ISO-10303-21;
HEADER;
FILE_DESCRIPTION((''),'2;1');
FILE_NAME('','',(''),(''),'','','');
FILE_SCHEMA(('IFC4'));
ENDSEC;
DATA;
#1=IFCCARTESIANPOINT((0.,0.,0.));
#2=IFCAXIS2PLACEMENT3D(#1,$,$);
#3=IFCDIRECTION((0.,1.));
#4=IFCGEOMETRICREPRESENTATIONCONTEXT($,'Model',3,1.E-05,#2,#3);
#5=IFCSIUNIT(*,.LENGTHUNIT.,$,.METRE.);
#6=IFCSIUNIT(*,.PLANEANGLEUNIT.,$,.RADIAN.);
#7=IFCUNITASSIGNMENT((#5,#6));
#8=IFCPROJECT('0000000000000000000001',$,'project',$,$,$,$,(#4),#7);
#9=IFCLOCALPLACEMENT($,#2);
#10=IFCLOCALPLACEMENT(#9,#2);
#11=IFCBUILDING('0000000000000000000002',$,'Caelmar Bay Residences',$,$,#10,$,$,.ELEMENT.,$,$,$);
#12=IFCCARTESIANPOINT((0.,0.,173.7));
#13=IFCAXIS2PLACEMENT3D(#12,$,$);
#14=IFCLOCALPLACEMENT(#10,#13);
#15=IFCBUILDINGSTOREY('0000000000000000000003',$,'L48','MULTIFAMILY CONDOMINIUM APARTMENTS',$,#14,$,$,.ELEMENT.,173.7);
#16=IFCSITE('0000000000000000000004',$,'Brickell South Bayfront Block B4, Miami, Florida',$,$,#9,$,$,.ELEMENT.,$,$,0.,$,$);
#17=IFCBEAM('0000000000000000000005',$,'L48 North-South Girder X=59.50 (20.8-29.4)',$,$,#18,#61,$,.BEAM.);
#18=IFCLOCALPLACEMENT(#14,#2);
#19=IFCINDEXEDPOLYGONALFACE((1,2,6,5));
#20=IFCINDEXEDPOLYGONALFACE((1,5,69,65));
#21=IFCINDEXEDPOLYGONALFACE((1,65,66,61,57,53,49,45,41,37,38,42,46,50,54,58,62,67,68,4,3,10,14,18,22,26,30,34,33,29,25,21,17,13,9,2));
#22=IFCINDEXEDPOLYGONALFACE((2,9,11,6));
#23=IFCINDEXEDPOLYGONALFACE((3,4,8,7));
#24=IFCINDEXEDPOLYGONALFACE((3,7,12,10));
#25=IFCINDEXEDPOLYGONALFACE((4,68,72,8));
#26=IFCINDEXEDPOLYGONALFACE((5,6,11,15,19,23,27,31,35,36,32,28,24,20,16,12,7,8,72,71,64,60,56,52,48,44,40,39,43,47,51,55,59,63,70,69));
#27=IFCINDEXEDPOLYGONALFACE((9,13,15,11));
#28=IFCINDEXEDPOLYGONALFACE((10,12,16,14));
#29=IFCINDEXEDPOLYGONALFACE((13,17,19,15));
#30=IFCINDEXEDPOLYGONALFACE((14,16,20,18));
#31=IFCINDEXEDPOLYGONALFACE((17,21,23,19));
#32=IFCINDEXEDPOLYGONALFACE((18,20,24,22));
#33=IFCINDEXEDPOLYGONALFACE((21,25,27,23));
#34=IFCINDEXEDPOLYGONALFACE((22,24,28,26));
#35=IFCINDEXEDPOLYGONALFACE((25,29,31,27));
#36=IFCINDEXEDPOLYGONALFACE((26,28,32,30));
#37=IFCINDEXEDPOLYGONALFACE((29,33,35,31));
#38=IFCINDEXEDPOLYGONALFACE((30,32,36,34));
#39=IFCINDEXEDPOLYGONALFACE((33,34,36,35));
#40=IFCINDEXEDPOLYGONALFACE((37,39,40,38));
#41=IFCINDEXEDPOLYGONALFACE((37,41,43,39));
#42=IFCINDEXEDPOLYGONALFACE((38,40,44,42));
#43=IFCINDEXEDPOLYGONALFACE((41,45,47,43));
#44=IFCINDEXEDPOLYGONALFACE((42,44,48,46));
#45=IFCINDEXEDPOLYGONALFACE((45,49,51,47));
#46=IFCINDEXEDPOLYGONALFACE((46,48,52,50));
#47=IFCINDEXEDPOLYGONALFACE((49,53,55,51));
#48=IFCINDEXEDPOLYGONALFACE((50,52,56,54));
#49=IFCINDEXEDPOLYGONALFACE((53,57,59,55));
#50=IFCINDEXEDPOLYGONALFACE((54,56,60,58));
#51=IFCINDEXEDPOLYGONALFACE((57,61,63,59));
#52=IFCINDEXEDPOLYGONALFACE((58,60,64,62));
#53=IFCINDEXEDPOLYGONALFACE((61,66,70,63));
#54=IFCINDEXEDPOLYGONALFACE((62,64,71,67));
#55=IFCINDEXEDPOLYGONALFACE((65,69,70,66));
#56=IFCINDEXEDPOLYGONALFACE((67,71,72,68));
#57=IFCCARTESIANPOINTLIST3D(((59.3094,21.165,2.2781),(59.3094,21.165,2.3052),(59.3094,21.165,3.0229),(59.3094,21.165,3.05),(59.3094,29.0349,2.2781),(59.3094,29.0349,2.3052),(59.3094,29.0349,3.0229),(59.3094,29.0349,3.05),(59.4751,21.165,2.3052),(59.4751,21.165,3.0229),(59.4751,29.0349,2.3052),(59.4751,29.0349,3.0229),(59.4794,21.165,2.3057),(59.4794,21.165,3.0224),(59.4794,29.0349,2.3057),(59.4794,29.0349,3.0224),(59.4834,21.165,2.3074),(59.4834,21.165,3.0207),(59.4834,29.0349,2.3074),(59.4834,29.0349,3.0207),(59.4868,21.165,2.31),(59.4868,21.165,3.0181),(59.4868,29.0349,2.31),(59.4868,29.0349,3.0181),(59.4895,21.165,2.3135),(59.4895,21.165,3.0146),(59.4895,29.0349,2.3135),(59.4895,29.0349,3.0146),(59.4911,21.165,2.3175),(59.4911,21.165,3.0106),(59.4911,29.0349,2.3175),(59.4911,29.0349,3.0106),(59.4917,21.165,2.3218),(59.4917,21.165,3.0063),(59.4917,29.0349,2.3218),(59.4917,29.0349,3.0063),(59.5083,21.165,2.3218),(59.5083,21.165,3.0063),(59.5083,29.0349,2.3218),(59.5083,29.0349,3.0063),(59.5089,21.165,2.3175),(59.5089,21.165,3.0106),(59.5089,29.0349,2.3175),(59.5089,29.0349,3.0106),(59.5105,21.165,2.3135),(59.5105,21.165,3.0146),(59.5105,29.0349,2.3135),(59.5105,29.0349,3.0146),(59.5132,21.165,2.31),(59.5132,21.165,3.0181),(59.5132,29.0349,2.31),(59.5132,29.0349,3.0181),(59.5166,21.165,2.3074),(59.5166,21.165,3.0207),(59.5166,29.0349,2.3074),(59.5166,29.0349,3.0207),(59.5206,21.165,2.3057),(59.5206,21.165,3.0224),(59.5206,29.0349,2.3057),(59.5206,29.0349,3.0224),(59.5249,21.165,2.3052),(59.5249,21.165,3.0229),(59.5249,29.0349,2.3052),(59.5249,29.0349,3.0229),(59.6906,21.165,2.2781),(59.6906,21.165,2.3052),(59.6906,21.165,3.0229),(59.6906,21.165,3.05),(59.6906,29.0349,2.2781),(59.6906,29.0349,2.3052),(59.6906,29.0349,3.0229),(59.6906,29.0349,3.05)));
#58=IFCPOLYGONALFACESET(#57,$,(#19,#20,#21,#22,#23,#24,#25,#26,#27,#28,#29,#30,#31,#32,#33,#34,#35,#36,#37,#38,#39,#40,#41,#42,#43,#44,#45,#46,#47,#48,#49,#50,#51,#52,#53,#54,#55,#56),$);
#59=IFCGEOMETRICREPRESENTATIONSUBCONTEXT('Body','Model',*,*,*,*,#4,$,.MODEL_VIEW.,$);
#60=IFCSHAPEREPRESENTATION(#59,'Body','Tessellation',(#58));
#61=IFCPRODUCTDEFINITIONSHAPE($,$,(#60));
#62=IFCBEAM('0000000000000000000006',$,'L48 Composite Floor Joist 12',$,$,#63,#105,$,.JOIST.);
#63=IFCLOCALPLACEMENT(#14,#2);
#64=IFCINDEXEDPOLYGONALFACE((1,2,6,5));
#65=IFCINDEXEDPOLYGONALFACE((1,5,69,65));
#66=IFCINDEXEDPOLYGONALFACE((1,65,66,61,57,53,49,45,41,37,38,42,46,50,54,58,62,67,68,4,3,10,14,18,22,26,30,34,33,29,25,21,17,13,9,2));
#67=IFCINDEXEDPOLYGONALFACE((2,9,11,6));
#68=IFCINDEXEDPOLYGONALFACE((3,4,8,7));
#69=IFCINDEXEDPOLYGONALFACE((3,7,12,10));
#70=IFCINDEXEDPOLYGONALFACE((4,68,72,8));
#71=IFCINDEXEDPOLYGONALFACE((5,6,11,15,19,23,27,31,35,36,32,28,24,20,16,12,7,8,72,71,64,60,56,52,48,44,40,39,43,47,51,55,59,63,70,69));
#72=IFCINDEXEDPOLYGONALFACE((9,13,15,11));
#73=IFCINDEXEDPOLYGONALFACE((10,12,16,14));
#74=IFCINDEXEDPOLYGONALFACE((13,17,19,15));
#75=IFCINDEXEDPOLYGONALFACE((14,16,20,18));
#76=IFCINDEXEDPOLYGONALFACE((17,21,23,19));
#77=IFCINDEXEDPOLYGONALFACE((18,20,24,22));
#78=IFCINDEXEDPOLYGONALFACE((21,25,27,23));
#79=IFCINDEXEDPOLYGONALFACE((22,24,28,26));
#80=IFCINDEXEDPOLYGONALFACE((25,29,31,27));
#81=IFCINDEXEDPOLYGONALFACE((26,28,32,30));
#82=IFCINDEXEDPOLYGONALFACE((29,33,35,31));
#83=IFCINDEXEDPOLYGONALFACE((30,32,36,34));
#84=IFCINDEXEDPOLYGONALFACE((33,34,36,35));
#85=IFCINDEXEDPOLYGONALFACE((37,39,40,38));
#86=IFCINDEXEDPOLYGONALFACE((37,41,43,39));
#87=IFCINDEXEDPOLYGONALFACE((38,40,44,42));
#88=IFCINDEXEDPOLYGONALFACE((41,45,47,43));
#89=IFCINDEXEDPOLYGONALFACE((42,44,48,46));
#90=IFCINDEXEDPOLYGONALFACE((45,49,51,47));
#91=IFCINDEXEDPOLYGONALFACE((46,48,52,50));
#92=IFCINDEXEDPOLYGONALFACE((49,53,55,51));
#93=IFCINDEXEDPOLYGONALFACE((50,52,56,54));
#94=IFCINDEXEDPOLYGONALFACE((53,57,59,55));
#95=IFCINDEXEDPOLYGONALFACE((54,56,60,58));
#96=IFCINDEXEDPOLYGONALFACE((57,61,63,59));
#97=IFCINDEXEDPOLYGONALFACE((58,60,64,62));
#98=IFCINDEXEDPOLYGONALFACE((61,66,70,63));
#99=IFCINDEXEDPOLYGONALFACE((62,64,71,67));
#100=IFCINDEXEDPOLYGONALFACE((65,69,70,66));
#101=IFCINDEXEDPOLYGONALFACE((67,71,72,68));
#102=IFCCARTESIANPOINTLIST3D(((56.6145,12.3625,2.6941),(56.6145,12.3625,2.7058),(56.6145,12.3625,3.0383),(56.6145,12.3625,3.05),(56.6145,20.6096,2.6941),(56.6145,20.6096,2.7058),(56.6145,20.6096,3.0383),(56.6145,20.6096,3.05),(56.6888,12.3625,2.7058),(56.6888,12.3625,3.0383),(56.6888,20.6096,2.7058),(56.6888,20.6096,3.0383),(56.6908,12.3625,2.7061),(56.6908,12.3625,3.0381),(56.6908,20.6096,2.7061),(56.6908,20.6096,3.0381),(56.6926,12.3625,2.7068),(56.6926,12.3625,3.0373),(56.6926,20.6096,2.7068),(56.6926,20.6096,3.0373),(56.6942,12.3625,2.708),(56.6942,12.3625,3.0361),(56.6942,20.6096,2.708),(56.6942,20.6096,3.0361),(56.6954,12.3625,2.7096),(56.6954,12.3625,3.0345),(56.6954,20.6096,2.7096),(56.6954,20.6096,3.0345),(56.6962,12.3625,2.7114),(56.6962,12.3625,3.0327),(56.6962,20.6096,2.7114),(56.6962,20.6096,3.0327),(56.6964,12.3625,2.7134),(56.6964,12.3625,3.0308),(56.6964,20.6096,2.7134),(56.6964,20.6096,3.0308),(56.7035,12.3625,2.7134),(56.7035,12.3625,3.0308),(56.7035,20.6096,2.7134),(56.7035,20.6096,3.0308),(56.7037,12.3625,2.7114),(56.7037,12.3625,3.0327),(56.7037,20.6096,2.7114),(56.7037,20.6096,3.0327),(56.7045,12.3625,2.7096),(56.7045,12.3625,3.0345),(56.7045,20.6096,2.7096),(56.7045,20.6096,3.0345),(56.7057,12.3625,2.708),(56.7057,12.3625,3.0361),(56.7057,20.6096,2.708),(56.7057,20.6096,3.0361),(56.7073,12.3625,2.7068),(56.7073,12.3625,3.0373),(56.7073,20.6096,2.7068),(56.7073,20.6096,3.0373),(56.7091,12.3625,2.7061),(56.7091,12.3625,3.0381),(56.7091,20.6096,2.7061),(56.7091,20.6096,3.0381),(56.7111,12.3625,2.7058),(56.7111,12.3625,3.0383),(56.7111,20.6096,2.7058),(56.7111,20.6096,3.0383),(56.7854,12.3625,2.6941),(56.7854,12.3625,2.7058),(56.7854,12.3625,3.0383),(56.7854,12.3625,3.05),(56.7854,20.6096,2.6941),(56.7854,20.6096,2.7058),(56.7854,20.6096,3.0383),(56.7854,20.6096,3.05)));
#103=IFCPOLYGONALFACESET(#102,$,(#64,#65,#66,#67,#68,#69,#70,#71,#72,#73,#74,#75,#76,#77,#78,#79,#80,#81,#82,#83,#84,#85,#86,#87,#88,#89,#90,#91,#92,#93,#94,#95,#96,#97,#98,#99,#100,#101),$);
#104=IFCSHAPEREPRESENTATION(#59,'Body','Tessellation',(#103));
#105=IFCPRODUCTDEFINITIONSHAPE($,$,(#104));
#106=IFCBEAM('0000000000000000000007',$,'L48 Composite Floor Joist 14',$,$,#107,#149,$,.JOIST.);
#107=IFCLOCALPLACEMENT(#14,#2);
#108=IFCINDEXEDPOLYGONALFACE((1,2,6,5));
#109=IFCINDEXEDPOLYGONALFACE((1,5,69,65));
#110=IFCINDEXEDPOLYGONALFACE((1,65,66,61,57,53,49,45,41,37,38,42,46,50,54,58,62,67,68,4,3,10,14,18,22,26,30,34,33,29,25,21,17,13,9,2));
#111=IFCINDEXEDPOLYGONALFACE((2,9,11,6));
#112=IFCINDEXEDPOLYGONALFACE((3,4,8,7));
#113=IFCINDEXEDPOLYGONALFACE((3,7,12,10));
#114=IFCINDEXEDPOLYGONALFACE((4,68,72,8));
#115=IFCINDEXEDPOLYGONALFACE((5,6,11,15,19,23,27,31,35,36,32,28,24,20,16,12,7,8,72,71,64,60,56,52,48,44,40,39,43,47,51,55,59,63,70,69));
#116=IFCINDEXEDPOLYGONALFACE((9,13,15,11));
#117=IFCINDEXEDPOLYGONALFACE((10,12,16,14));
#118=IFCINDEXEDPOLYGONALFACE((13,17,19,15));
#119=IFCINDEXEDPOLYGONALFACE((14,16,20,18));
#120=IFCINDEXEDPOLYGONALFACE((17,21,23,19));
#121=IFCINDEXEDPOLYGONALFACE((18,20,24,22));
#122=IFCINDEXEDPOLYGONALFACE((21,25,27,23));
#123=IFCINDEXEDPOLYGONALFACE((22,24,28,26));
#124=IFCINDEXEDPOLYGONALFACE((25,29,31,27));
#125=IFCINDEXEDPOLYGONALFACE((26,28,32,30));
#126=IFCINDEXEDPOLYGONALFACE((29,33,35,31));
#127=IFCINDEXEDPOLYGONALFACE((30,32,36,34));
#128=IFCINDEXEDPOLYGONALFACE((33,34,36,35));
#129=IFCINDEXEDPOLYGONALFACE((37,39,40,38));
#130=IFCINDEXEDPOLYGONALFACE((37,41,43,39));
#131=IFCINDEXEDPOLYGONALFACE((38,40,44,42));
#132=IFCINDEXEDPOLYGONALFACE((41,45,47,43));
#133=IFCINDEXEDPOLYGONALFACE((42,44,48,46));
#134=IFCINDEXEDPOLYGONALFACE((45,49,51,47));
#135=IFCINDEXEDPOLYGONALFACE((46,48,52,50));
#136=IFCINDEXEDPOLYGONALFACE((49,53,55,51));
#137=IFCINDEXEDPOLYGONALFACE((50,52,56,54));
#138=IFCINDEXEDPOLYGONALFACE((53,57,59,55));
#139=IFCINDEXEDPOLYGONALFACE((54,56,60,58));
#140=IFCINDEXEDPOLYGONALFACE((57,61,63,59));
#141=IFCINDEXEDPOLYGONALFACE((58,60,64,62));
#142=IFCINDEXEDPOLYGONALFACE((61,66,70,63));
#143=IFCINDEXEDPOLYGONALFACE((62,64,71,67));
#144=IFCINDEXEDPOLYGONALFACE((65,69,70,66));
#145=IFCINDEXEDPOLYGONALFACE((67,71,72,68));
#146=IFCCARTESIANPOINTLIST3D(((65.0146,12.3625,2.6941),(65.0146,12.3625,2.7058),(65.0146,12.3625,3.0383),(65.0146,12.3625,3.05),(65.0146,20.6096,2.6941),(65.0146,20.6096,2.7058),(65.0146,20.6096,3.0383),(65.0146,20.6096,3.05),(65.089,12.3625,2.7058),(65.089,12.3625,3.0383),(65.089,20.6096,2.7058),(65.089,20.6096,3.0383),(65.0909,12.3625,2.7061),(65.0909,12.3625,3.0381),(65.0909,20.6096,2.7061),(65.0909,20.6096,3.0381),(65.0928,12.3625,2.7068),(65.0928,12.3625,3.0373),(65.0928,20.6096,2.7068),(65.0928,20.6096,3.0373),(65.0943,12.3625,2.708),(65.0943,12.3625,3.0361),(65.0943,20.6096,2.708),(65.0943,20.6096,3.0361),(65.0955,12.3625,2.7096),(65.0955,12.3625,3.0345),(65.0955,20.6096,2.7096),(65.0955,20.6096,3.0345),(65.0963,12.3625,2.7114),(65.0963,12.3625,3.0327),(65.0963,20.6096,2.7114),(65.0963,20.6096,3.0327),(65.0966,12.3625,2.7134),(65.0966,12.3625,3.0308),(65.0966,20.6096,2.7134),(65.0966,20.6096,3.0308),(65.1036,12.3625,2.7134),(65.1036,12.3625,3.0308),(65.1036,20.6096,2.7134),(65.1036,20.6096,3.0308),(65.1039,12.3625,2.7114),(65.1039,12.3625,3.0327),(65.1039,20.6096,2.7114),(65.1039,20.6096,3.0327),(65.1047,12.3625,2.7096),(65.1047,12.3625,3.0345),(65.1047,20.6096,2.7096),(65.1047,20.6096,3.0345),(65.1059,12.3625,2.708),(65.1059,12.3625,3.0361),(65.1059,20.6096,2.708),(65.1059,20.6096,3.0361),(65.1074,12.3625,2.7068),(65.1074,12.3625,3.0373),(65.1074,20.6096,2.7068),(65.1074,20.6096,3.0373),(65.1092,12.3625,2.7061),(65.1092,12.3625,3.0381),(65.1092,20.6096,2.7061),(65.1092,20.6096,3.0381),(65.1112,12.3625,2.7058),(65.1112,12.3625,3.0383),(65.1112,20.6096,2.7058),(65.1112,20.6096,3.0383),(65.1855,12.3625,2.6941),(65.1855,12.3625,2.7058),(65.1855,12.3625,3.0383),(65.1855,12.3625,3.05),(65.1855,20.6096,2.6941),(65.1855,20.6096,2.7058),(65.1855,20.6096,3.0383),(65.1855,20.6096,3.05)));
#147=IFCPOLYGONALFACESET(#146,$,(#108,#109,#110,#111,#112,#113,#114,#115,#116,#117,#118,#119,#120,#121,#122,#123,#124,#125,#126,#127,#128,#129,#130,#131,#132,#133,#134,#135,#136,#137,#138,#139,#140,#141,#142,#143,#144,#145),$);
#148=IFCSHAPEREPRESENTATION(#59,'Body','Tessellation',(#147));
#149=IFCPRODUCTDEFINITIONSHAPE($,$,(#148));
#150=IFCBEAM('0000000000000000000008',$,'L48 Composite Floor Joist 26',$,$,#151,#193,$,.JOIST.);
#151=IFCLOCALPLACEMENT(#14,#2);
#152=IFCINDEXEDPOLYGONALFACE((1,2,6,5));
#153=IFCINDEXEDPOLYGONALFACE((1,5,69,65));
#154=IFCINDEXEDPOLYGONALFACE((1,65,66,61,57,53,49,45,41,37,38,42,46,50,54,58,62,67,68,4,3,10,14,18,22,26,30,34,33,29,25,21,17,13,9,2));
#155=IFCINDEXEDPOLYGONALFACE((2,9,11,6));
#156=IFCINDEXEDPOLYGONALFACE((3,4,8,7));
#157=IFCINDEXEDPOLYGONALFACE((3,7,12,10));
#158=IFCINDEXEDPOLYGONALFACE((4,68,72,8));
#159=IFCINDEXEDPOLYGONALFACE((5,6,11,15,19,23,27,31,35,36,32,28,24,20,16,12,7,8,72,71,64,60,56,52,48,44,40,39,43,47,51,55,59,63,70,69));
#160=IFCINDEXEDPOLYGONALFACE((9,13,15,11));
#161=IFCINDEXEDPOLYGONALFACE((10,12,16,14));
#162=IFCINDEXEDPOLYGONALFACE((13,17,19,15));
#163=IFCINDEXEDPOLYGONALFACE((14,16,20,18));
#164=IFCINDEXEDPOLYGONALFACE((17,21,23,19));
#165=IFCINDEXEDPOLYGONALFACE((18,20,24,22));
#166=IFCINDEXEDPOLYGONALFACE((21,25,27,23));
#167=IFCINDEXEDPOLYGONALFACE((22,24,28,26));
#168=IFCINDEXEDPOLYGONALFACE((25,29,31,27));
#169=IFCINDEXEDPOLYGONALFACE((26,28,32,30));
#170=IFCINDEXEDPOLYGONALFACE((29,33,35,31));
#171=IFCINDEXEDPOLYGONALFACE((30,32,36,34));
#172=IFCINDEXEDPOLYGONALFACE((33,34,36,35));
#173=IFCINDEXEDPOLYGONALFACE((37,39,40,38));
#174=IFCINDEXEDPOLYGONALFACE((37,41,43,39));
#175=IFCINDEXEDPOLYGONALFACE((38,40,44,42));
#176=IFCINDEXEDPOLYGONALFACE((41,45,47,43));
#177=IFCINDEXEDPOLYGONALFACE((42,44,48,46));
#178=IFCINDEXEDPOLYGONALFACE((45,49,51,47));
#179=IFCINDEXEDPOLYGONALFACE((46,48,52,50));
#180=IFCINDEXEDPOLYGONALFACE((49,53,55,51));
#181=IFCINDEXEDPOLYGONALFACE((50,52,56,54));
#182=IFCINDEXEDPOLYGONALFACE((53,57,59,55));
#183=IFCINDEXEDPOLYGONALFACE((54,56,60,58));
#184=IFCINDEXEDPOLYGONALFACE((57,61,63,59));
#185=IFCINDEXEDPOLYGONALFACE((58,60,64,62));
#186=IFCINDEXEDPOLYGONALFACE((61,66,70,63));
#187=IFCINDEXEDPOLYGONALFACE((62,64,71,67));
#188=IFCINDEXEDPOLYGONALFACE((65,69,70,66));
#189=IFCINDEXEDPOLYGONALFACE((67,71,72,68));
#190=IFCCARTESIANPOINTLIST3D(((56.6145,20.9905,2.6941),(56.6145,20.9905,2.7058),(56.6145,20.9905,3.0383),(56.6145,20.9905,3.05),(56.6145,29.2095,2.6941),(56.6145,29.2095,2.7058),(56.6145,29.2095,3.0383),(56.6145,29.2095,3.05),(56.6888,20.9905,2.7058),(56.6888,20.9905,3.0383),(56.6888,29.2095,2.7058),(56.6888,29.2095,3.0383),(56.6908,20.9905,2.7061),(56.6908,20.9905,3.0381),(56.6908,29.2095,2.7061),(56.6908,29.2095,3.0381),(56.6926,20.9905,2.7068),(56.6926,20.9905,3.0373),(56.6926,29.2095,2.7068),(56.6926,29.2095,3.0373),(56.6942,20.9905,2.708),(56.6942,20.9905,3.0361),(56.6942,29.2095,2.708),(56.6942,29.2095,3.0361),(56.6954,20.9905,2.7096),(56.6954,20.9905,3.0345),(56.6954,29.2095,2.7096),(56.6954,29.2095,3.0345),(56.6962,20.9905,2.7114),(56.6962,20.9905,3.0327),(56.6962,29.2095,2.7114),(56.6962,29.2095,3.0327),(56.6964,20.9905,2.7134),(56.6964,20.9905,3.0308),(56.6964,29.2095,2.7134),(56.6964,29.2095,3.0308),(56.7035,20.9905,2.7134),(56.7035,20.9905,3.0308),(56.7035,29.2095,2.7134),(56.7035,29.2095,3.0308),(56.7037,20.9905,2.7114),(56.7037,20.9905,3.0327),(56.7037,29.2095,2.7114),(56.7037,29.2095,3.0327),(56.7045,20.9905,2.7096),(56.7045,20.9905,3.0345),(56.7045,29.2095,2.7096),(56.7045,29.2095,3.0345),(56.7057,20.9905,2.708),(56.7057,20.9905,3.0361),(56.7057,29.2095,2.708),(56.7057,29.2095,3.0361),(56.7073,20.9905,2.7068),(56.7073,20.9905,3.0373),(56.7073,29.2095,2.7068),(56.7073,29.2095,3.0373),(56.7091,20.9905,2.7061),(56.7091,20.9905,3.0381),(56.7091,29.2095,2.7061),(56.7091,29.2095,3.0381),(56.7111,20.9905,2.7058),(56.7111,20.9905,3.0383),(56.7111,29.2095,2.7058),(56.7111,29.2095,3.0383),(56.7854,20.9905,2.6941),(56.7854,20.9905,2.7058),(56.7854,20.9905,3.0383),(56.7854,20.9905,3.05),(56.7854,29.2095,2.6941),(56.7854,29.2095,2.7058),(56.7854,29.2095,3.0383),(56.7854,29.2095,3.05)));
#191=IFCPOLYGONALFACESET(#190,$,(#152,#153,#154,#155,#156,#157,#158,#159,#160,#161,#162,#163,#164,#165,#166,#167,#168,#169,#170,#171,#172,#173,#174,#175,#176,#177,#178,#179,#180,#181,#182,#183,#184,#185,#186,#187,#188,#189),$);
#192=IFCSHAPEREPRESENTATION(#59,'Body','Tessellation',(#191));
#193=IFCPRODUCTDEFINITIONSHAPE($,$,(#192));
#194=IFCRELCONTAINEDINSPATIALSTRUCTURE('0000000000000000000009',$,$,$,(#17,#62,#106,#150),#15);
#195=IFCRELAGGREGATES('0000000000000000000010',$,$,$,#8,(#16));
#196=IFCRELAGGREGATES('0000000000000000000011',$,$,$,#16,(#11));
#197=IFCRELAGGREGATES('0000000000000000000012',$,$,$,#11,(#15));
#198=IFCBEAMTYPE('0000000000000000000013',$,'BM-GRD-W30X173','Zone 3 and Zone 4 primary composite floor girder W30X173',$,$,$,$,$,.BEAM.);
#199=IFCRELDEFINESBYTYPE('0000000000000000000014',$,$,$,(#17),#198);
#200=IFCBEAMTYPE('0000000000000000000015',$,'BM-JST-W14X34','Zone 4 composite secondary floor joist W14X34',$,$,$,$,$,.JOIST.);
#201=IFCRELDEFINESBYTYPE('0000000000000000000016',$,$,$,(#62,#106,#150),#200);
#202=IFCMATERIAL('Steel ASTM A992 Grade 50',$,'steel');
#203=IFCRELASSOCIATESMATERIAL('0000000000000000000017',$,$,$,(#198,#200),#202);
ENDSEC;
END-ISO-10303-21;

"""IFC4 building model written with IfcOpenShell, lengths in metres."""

from ifc_helpers import new_model, si_unit, direction, frame, origin, origin_2d, place, context, subcontext, project, spatial, i_section, extrude, material, material_profile, profile_set, type_object, element, save


model = new_model("IFC4")

# Units and contexts
model_context = context("Model", 3, precision=1e-05, world=origin(), true_north=direction((0.0, 1.0)))
body_context = subcontext(model_context, "Body", "Model", "MODEL_VIEW")
ifc_project = project(units=[si_unit("LENGTHUNIT", "METRE"), si_unit("PLANEANGLEUNIT", "RADIAN")], contexts=[model_context])

# Site, building, storey
site_placement = place(None, origin())
site = spatial("IfcSite", under=ifc_project, at=site_placement, Name="Brickell South Bayfront Block B4, Miami, Florida", CompositionType="ELEMENT", RefElevation=0.0)
building_placement = place(site_placement, origin())
building = spatial("IfcBuilding", under=site, at=building_placement, Name="Caelmar Bay Residences", CompositionType="ELEMENT")
storey_placement = place(building_placement, frame((0.0, 0.0, 173.7)))
storey = spatial("IfcBuildingStorey", under=building, at=storey_placement, Name="L48", Description="MULTIFAMILY CONDOMINIUM APARTMENTS", CompositionType="ELEMENT", Elevation=173.7)

# Beams
ifc_material_1 = material(Name="Steel ASTM A992 Grade 50", Category="steel")
ifc_material_profile_1 = material_profile(ifc_material_1, i_section(OverallWidth=0.3811, OverallDepth=0.772, WebThickness=0.0166, FlangeThickness=0.0271, FilletRadius=0.0166, at=origin_2d()), Name="W30X173")
ifc_profile_set_1 = profile_set([ifc_material_profile_1], Name="Steel ASTM A992 Grade 50")
beam_type_1 = type_object("IfcBeamType", Name="BM-GRD-W30X173", Description="Zone 3 and Zone 4 primary composite floor girder W30X173", PredefinedType="BEAM", material=ifc_profile_set_1)
beam_1_placement = place(storey_placement, frame((59.5, 21.165, 2.6641), z_axis=(0.0, 1.0, 0.0), x_axis=(-1.0, 0.0, 0.0)))
element("IfcBeam", 1, at=beam_1_placement, inside=storey, type_object=beam_type_1, Name="L48 North-South Girder X=59.50 (20.8-29.4)", PredefinedType="BEAM", context=body_context, shape_type="SweptSolid", body=[
    extrude(i_section(OverallWidth=0.3811, OverallDepth=0.772, WebThickness=0.0166, FlangeThickness=0.0271, FilletRadius=0.0166, at=origin_2d()), origin(), (0.0, 0.0, 1.0), 7.8699),
])
ifc_material_profile_2 = material_profile(ifc_material_1, i_section(OverallWidth=0.1709, OverallDepth=0.356, WebThickness=0.0071, FlangeThickness=0.0117, FilletRadius=0.0076, at=origin_2d()), Name="W14X34")
ifc_profile_set_2 = profile_set([ifc_material_profile_2], Name="Steel ASTM A992 Grade 50")
beam_type_2 = type_object("IfcBeamType", Name="BM-JST-W14X34", Description="Zone 4 composite secondary floor joist W14X34", PredefinedType="JOIST", material=ifc_profile_set_2)
for number, where, z_axis, x_axis, name in (
    (2, (56.7, 12.3625, 2.8721), (0.0, 1.0, 0.0), (-1.0, 0.0, 0.0), "L48 Composite Floor Joist 12"),
    (3, (65.1001, 12.3625, 2.8721), (0.0, 1.0, 0.0), (-1.0, 0.0, 0.0), "L48 Composite Floor Joist 14"),
):
    element("IfcBeam", number, at=place(storey_placement, frame(where, z_axis=z_axis, x_axis=x_axis)), inside=storey, type_object=beam_type_2, Name=name, PredefinedType="JOIST", context=body_context, shape_type="SweptSolid", body=[
        extrude(i_section(OverallWidth=0.1709, OverallDepth=0.356, WebThickness=0.0071, FlangeThickness=0.0117, FilletRadius=0.0076, at=origin_2d()), origin(), (0.0, 0.0, 1.0), 8.2471),
    ])
for number, where, z_axis, x_axis, name in (
    (4, (56.7, 20.9905, 2.8721), (0.0, 1.0, 0.0), (-1.0, 0.0, 0.0), "L48 Composite Floor Joist 26"),
):
    element("IfcBeam", number, at=place(storey_placement, frame(where, z_axis=z_axis, x_axis=x_axis)), inside=storey, type_object=beam_type_2, Name=name, PredefinedType="JOIST", context=body_context, shape_type="SweptSolid", body=[
        extrude(i_section(OverallWidth=0.1709, OverallDepth=0.356, WebThickness=0.0071, FlangeThickness=0.0117, FilletRadius=0.0076, at=origin_2d()), origin(), (0.0, 0.0, 1.0), 8.219),
    ])

save(model, "model.ifc")
